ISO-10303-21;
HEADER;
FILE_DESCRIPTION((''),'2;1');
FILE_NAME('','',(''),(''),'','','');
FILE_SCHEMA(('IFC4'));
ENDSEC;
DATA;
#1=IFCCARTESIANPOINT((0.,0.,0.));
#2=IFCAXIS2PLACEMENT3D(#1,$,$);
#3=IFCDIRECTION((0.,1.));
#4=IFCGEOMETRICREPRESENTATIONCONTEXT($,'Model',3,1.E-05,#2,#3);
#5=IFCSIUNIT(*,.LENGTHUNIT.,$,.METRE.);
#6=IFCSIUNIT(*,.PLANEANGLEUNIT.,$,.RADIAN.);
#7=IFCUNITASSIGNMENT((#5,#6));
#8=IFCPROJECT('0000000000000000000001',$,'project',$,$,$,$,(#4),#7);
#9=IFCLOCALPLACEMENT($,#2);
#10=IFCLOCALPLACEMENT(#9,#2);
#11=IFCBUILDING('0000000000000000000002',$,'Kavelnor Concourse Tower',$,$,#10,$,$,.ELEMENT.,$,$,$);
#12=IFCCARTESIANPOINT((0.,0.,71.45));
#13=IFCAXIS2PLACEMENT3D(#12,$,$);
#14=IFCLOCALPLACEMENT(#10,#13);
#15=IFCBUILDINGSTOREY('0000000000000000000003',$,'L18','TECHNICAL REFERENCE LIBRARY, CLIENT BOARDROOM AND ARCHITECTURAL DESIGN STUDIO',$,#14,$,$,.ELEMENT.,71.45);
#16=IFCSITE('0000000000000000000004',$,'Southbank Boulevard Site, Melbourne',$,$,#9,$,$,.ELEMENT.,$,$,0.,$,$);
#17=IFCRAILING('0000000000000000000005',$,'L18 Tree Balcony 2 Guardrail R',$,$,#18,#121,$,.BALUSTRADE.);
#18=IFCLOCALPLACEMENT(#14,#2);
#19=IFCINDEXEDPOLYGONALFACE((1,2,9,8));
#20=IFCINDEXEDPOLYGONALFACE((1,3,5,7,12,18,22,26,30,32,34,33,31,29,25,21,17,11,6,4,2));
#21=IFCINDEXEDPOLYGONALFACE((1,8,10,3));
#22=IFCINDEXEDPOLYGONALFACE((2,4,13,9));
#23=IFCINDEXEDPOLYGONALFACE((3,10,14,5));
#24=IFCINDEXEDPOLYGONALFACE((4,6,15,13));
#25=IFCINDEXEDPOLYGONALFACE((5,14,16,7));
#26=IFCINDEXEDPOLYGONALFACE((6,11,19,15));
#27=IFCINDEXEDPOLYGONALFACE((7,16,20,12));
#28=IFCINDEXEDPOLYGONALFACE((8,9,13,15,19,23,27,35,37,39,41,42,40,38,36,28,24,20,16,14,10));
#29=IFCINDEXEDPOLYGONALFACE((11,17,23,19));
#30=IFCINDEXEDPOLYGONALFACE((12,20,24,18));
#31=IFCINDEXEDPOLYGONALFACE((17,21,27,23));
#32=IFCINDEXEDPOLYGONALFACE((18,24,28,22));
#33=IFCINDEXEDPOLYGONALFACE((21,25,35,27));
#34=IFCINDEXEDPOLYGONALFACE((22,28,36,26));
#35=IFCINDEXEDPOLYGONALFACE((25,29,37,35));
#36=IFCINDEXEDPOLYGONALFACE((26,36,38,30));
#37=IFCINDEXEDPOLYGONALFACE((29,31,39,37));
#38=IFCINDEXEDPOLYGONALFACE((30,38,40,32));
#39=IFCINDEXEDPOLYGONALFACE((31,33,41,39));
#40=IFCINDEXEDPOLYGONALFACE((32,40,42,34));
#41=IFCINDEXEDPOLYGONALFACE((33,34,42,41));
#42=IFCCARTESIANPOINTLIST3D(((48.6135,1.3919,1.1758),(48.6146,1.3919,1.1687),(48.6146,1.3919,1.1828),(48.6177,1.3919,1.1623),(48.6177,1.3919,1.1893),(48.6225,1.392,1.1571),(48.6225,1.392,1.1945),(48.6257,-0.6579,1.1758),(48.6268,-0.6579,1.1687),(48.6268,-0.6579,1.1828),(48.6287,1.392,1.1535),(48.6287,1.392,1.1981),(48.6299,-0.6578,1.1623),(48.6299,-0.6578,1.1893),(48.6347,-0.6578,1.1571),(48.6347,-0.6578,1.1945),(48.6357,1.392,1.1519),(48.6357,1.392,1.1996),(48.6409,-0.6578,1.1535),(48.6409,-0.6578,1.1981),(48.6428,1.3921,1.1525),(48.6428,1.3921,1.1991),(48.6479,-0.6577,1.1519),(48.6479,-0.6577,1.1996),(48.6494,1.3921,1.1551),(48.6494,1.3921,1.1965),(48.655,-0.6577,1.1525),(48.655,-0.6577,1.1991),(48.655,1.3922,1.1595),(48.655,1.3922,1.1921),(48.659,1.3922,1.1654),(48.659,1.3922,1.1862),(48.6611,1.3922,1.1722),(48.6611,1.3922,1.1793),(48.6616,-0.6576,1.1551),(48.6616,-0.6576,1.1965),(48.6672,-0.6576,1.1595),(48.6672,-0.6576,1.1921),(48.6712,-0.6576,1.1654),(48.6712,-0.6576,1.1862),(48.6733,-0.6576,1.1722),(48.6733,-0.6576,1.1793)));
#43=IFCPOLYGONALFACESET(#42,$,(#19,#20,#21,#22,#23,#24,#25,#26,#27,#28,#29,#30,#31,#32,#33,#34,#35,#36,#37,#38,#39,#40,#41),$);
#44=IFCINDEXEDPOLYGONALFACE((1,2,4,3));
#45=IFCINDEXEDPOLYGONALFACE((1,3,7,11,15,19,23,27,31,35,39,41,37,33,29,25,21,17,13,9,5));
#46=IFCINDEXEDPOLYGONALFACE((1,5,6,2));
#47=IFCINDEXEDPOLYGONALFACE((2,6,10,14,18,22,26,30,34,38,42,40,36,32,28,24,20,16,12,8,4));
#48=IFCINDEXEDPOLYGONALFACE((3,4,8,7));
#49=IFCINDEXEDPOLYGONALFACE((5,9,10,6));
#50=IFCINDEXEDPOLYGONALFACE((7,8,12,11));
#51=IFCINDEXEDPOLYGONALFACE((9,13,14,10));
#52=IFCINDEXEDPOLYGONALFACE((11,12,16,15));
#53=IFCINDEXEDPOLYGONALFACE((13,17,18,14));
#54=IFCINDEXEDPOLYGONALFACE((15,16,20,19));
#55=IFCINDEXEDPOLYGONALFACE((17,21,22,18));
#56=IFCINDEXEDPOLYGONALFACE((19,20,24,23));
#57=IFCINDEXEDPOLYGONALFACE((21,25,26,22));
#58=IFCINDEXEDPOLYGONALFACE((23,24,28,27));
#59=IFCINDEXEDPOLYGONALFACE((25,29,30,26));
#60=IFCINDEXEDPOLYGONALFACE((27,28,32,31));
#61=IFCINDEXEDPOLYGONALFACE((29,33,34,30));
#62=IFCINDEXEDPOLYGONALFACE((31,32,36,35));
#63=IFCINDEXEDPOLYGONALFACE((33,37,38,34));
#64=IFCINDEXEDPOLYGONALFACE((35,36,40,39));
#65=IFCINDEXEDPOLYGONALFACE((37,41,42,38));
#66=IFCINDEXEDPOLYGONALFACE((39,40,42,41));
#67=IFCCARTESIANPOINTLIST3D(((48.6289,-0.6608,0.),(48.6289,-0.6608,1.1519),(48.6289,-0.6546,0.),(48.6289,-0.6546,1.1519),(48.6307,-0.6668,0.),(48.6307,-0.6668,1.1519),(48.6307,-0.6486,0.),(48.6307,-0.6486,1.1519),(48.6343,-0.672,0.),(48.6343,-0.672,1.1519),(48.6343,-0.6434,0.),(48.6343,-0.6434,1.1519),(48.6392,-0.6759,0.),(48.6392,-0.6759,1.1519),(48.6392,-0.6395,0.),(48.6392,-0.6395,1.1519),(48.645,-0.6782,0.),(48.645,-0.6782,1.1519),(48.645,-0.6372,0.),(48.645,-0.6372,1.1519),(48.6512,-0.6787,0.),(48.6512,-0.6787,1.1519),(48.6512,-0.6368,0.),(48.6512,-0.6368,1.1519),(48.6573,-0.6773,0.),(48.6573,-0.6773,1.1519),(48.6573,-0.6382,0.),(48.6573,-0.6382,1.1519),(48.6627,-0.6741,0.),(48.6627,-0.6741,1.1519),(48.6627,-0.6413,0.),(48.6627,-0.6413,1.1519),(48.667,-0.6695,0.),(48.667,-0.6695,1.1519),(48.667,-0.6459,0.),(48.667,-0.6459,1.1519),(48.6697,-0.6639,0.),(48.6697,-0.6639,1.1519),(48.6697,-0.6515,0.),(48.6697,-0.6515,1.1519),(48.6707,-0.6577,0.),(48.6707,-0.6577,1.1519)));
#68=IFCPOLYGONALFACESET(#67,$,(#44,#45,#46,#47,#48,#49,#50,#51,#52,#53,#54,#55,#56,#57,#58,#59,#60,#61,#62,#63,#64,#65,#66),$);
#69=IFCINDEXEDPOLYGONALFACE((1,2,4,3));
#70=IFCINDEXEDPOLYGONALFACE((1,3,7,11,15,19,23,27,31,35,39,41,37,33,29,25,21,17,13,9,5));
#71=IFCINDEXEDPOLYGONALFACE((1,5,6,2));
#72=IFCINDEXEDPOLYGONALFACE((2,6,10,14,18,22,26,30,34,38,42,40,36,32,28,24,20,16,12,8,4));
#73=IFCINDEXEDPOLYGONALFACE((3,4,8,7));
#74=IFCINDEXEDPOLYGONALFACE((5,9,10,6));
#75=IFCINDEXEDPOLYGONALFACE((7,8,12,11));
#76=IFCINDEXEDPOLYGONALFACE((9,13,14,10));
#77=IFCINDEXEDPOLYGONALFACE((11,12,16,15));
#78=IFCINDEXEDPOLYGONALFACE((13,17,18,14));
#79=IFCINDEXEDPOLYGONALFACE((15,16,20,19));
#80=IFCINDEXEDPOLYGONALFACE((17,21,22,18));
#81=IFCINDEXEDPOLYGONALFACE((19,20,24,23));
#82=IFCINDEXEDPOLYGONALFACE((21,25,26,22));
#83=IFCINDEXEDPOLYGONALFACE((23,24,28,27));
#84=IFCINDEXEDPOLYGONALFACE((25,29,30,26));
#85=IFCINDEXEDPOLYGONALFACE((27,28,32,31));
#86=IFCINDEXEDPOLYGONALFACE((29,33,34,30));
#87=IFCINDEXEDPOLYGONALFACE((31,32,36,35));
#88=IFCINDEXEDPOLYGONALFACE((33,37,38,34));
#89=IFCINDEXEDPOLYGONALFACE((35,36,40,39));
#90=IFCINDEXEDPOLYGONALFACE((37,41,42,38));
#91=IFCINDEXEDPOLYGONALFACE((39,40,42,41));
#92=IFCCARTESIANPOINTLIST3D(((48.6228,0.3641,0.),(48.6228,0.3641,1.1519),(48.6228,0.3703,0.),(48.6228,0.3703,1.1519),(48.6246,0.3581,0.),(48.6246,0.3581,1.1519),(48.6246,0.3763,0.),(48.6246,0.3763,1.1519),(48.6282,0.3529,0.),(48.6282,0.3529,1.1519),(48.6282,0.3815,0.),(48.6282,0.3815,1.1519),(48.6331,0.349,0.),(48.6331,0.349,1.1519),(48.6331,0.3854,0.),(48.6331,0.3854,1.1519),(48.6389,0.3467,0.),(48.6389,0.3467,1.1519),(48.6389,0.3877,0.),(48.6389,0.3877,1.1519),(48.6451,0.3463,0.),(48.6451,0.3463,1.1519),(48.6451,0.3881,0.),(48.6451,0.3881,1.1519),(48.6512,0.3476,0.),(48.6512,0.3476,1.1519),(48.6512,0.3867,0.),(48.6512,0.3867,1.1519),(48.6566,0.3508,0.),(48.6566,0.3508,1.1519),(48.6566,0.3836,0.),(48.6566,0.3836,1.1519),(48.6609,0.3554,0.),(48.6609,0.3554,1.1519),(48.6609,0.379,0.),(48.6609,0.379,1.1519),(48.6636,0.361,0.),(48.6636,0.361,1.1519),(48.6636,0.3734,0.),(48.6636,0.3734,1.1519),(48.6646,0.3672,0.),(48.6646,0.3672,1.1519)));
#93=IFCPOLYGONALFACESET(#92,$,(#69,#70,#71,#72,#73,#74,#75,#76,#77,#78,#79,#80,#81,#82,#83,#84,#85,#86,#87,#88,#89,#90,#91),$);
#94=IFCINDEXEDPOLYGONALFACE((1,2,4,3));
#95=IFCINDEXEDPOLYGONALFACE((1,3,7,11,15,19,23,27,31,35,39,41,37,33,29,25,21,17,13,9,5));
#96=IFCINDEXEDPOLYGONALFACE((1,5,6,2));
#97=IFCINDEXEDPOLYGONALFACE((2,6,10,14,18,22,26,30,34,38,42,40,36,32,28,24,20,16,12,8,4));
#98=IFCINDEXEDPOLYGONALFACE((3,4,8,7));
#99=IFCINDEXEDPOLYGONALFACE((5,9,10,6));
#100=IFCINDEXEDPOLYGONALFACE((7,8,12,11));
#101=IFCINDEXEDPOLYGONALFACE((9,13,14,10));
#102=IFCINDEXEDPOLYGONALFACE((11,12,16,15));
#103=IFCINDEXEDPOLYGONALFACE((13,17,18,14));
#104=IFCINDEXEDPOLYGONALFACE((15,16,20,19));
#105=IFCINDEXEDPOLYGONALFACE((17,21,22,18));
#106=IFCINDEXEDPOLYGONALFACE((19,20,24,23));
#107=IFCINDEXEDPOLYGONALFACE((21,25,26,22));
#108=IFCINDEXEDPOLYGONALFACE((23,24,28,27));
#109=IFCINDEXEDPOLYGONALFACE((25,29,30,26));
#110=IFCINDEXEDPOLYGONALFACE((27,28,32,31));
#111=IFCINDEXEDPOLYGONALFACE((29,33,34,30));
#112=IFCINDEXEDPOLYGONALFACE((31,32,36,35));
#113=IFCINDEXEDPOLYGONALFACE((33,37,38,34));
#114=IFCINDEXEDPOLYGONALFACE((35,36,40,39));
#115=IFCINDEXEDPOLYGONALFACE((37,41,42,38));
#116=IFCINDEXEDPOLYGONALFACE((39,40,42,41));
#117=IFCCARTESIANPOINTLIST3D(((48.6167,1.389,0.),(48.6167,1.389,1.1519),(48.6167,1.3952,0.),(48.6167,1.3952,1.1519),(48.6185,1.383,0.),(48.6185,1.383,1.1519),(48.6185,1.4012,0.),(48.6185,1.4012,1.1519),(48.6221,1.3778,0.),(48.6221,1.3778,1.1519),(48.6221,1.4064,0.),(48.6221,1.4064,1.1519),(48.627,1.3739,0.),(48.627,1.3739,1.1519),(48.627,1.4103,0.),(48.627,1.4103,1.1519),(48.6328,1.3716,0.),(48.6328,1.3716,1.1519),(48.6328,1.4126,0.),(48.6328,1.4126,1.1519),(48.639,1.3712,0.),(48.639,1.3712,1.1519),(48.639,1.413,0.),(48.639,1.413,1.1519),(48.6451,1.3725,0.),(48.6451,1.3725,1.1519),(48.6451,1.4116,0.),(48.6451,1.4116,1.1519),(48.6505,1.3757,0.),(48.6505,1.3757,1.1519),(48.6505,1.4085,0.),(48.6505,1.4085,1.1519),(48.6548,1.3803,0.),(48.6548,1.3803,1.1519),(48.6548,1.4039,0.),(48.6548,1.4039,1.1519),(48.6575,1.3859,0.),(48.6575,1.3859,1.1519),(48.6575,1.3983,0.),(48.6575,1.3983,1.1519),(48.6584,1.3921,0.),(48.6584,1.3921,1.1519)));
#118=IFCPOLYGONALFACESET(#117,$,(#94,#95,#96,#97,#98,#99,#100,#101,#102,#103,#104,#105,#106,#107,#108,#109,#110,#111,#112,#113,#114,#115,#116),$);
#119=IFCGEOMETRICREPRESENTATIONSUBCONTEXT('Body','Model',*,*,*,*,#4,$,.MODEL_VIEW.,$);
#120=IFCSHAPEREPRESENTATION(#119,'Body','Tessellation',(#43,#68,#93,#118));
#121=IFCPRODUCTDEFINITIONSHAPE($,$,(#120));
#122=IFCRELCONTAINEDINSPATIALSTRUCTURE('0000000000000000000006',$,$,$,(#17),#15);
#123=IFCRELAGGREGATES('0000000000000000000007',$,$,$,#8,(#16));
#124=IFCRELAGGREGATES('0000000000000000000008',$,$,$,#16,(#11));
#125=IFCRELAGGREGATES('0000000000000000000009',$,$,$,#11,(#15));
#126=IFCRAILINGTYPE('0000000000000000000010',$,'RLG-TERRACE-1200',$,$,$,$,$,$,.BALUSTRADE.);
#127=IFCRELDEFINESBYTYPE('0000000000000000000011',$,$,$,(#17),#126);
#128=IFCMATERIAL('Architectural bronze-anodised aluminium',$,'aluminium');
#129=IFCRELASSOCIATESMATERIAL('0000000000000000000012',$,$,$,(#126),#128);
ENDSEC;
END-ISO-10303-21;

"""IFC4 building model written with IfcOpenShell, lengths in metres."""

from ifc_helpers import new_model, si_unit, direction, frame, origin, origin_2d, place, context, subcontext, project, spatial, circle, extrude, material, type_object, element, save


model = new_model("IFC4")

# Units and contexts
model_context = context("Model", 3, precision=1e-05, world=origin(), true_north=direction((0.0, 1.0)))
body_context = subcontext(model_context, "Body", "Model", "MODEL_VIEW")
ifc_project = project(units=[si_unit("LENGTHUNIT", "METRE"), si_unit("PLANEANGLEUNIT", "RADIAN")], contexts=[model_context])

# Site, building, storey
site_placement = place(None, origin())
site = spatial("IfcSite", under=ifc_project, at=site_placement, Name="Southbank Boulevard Site, Melbourne", CompositionType="ELEMENT", RefElevation=0.0)
building_placement = place(site_placement, origin())
building = spatial("IfcBuilding", under=site, at=building_placement, Name="Kavelnor Concourse Tower", CompositionType="ELEMENT")
storey_placement = place(building_placement, frame((0.0, 0.0, 71.45)))
storey = spatial("IfcBuildingStorey", under=building, at=storey_placement, Name="L18", Description="TECHNICAL REFERENCE LIBRARY, CLIENT BOARDROOM AND ARCHITECTURAL DESIGN STUDIO", CompositionType="ELEMENT", Elevation=71.45)

# Railing
ifc_material_1 = material(Name="Architectural bronze-anodised aluminium", Category="aluminium")
railing_type_1 = type_object("IfcRailingType", Name="RLG-TERRACE-1200", PredefinedType="BALUSTRADE", material=ifc_material_1)
railing_1_placement = place(storey_placement, frame((48.6497, -0.6577, 0.0)))
element("IfcRailing", 1, at=railing_1_placement, inside=storey, type_object=railing_type_1, Name="L18 Tree Balcony 2 Guardrail R", PredefinedType="BALUSTRADE", context=body_context, shape_type="SweptSolid", body=[
    extrude(circle(Radius=0.0239, at=origin_2d()), frame((0.0, 0.0, 1.1758), z_axis=(-0.005955, 0.999982, 0.0), x_axis=(-0.999982, -0.005955, 0.0)), (0.0, 0.0, 1.0), 2.0498),
    extrude(circle(Radius=0.021, at=origin_2d()), origin(), (0.0, 0.0, 1.0), 1.1519),
    extrude(circle(Radius=0.021, at=origin_2d()), frame((-0.0061, 1.0249, 0.0)), (0.0, 0.0, 1.0), 1.1519),
    extrude(circle(Radius=0.021, at=origin_2d()), frame((-0.0122, 2.0498, 0.0)), (0.0, 0.0, 1.0), 1.1519),
])

save(model, "model.ifc")
